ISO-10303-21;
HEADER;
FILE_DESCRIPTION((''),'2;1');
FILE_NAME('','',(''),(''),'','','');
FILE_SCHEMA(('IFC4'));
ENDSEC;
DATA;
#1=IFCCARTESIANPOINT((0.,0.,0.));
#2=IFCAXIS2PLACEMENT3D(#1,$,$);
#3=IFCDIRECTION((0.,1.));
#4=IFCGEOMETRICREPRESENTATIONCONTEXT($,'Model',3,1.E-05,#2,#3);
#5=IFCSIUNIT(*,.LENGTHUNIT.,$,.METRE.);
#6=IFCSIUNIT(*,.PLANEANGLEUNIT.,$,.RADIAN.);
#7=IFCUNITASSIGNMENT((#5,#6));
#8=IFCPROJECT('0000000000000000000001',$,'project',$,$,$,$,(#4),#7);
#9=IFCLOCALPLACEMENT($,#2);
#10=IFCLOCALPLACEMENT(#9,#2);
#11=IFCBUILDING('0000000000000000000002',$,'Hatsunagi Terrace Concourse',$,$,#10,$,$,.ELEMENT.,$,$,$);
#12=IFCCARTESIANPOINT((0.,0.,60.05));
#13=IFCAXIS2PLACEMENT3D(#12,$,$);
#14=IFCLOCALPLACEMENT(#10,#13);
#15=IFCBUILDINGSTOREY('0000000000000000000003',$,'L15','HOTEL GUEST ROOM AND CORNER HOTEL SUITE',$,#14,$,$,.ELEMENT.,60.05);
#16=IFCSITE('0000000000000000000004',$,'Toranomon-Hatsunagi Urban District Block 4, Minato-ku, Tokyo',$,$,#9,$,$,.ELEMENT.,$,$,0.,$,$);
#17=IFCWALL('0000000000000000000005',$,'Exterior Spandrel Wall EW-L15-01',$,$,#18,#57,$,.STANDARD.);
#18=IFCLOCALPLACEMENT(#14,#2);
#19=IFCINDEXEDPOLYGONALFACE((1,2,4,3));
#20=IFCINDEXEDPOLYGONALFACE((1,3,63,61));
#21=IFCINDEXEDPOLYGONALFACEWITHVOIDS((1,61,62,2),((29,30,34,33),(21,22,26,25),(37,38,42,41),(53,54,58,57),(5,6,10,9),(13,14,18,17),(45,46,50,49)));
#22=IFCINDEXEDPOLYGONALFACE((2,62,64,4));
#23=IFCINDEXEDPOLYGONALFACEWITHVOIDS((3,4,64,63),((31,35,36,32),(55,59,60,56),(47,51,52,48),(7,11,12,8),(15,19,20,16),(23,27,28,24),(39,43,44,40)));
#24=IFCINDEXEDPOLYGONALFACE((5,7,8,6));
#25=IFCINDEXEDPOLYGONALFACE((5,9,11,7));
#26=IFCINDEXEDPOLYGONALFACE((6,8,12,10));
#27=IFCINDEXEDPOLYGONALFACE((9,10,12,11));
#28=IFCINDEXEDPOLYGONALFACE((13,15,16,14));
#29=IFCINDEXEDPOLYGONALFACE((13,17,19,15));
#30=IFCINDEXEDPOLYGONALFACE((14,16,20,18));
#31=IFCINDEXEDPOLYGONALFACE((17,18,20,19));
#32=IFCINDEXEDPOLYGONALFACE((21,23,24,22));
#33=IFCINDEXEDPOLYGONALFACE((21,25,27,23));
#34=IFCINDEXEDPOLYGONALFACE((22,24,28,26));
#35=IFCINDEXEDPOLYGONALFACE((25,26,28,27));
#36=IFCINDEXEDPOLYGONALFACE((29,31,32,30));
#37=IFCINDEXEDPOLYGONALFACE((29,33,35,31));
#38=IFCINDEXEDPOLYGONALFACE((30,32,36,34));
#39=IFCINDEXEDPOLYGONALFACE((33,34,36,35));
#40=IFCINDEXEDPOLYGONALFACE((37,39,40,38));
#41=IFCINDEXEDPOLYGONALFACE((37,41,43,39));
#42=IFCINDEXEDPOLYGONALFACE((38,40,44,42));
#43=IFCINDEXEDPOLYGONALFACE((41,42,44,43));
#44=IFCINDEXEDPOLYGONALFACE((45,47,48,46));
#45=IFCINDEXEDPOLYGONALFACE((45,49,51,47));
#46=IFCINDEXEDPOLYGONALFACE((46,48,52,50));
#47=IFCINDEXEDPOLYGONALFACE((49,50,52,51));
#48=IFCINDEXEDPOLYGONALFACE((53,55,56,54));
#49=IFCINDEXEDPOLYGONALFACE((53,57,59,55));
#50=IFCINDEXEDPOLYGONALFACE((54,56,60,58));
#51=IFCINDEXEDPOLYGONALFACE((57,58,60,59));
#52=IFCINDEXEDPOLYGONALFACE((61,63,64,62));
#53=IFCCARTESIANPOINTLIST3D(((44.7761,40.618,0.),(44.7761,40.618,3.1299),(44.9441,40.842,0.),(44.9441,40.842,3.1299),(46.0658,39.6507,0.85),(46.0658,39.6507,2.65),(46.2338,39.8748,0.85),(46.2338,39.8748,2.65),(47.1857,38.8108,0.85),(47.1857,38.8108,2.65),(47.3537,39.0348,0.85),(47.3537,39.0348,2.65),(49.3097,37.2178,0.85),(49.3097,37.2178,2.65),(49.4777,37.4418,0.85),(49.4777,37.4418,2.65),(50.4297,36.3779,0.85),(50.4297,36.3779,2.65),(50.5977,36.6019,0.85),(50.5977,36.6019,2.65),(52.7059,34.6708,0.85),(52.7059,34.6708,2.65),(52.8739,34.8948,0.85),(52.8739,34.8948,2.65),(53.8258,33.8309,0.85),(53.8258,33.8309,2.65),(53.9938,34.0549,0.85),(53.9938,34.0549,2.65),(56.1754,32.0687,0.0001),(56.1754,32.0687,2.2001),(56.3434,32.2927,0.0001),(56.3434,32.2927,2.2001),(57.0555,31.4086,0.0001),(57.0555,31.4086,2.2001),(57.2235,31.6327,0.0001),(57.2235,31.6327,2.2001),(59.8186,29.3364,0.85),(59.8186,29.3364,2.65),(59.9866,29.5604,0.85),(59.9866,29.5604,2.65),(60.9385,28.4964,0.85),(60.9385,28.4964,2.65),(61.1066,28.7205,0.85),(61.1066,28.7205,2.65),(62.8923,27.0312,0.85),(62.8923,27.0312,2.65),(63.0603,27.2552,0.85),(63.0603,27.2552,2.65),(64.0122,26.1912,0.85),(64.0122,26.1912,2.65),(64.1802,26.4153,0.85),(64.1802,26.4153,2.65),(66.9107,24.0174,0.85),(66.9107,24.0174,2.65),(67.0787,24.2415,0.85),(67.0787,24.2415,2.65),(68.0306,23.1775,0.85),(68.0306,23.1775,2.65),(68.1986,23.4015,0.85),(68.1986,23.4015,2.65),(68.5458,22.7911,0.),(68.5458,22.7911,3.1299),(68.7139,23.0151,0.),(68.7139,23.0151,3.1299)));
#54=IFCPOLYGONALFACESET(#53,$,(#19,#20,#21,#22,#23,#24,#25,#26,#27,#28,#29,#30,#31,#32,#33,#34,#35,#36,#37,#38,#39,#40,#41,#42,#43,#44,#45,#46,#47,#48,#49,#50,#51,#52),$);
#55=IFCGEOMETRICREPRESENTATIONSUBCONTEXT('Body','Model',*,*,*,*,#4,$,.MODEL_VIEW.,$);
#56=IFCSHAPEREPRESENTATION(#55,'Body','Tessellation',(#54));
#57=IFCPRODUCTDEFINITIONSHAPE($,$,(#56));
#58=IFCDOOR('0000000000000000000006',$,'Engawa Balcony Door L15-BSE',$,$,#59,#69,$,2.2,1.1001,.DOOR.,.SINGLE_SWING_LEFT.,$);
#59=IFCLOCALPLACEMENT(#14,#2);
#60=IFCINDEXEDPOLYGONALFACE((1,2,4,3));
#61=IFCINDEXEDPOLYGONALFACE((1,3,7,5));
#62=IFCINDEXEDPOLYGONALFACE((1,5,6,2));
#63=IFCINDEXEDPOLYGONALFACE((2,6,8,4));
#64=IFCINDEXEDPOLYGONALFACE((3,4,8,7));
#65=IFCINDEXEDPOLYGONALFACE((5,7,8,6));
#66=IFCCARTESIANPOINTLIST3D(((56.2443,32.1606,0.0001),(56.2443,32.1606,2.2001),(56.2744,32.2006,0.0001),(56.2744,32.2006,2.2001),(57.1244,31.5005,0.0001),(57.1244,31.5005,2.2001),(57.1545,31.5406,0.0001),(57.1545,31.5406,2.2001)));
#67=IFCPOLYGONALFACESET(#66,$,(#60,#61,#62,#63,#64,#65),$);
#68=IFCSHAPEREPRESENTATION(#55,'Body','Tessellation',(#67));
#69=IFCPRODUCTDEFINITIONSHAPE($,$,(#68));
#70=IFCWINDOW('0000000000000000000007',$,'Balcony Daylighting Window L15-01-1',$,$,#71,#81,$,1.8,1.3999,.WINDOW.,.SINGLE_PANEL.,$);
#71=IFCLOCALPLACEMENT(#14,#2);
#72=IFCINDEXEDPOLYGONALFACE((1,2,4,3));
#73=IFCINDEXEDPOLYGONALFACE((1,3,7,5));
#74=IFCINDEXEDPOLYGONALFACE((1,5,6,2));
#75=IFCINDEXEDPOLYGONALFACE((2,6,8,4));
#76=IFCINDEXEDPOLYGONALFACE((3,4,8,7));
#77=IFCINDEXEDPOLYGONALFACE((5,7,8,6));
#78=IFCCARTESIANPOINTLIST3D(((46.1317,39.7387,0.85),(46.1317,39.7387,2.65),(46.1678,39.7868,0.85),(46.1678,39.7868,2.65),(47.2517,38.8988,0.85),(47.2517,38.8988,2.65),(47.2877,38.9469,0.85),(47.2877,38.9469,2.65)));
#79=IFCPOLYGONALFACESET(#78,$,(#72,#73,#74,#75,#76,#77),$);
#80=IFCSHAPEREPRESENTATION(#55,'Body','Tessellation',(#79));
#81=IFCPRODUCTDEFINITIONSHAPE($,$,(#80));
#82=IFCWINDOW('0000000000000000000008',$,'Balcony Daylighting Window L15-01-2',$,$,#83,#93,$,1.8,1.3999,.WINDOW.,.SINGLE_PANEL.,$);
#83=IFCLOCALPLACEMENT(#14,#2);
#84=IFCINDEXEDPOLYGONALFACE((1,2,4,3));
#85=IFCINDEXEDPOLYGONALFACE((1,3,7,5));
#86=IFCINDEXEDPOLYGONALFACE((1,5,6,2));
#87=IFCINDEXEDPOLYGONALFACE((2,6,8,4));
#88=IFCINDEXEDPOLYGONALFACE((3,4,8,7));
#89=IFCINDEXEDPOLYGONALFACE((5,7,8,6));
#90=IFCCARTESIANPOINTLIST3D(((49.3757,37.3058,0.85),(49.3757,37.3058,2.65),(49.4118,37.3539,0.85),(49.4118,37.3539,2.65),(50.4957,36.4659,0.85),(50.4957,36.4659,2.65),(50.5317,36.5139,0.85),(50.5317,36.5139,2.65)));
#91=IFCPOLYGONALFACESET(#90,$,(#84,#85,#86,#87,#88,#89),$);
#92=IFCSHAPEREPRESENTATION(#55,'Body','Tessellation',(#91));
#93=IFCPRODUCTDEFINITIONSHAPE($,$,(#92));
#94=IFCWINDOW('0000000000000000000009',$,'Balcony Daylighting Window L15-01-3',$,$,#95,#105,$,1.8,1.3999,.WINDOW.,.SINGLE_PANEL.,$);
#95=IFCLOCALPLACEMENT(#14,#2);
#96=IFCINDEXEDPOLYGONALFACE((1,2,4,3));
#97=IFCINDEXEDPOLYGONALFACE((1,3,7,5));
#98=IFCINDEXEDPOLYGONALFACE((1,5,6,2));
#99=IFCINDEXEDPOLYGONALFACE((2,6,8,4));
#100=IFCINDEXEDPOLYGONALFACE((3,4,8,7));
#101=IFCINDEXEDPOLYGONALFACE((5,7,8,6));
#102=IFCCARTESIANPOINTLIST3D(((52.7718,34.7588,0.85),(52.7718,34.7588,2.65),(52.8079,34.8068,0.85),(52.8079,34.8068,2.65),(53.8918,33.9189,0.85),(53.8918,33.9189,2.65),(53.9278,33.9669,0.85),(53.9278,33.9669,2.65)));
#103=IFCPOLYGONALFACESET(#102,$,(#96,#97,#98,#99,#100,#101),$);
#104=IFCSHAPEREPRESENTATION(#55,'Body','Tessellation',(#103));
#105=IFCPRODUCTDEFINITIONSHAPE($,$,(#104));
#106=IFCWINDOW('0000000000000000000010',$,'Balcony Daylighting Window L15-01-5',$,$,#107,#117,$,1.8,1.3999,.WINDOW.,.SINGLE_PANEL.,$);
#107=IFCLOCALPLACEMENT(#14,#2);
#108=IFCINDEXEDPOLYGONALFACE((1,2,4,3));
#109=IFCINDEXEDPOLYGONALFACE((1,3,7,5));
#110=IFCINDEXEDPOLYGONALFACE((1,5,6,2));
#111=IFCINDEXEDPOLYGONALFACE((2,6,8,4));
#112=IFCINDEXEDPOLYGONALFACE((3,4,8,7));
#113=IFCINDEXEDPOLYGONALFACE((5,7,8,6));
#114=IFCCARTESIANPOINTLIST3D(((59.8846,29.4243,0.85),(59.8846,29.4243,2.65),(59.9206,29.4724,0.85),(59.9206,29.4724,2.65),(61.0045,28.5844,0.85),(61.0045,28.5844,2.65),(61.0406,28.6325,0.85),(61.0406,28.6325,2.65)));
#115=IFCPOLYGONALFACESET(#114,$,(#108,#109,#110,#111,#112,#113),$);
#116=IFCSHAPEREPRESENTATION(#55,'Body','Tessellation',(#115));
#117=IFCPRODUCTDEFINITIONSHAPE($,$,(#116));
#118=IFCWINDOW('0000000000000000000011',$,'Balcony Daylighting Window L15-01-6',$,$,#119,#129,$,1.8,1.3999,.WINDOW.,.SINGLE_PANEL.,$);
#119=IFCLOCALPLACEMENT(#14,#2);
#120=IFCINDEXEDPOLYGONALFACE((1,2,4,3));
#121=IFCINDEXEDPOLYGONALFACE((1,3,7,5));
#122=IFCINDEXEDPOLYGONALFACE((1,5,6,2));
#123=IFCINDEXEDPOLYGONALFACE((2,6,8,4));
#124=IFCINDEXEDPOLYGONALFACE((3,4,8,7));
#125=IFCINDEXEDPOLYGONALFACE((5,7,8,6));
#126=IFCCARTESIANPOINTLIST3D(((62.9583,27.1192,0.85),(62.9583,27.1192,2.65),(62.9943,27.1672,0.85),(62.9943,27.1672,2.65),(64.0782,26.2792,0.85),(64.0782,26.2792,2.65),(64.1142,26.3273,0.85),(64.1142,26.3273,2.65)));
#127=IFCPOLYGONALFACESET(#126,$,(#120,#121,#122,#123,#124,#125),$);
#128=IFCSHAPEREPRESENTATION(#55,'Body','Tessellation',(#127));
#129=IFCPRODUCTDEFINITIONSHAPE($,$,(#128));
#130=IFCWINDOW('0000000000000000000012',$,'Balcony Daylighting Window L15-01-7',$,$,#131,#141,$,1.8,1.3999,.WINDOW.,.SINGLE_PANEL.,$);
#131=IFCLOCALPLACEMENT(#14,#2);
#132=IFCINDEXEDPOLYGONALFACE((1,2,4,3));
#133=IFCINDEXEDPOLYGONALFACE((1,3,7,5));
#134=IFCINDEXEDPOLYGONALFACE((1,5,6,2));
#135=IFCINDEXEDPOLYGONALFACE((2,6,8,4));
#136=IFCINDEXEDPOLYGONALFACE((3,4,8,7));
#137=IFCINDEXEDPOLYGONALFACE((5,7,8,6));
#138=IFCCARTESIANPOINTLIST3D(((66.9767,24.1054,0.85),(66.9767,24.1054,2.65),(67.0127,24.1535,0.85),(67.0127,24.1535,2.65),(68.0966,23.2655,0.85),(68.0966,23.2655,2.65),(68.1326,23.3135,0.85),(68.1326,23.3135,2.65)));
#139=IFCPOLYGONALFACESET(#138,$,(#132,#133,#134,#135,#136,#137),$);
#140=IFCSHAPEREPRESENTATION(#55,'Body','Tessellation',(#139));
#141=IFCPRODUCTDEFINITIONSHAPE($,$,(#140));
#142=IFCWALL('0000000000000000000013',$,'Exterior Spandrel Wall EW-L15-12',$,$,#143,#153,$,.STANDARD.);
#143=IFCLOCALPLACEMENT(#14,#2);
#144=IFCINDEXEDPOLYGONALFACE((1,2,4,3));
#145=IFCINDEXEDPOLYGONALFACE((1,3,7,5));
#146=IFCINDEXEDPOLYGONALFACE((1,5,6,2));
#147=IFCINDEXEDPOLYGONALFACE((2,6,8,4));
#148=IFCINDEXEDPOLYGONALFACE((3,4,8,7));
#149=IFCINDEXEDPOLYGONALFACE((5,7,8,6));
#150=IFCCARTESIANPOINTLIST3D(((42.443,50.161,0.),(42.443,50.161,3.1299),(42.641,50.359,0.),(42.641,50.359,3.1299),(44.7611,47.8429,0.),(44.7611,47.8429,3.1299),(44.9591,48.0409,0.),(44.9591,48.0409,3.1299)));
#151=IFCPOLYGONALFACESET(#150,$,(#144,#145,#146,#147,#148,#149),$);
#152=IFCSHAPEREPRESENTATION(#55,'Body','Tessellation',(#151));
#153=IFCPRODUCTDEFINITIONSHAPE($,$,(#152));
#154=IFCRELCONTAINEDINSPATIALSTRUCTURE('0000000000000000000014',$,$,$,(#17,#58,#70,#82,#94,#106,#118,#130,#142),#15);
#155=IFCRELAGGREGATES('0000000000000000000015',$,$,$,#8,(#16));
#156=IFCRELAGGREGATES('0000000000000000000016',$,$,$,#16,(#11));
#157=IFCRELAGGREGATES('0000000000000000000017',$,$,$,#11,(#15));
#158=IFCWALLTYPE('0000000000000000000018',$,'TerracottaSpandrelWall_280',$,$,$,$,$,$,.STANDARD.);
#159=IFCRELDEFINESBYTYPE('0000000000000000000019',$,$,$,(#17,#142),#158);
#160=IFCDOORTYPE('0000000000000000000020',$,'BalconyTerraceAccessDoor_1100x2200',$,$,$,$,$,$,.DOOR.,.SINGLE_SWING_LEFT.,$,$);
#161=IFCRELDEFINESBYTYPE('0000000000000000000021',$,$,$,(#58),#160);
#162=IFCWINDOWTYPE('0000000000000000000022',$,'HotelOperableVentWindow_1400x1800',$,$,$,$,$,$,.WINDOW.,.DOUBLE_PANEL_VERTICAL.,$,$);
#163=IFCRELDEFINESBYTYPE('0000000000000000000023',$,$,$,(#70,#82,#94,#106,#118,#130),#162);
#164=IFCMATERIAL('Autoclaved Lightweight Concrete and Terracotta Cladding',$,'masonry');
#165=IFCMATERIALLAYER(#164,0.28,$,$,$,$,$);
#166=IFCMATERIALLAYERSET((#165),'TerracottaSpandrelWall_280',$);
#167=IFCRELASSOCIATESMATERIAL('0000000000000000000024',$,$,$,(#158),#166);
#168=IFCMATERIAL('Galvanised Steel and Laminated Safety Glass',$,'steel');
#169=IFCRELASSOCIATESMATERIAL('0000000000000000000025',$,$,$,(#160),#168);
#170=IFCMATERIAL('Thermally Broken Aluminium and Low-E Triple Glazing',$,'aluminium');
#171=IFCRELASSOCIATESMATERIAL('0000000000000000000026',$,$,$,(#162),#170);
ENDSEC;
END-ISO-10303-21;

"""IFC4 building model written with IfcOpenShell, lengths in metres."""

from ifc_helpers import new_model, si_unit, direction, frame, frame_2d, origin, place, context, subcontext, project, spatial, rectangle, extrude, material, layer, layer_set, type_object, element, fill, save


model = new_model("IFC4")

# Units and contexts
model_context = context("Model", 3, precision=1e-05, world=origin(), true_north=direction((0.0, 1.0)))
body_context = subcontext(model_context, "Body", "Model", "MODEL_VIEW")
ifc_project = project(units=[si_unit("LENGTHUNIT", "METRE"), si_unit("PLANEANGLEUNIT", "RADIAN")], contexts=[model_context])

# Site, building, storey
site_placement = place(None, origin())
site = spatial("IfcSite", under=ifc_project, at=site_placement, Name="Toranomon-Hatsunagi Urban District Block 4, Minato-ku, Tokyo", CompositionType="ELEMENT", RefElevation=0.0)
building_placement = place(site_placement, origin())
building = spatial("IfcBuilding", under=site, at=building_placement, Name="Hatsunagi Terrace Concourse", CompositionType="ELEMENT")
storey_placement = place(building_placement, frame((0.0, 0.0, 60.05)))
storey = spatial("IfcBuildingStorey", under=building, at=storey_placement, Name="L15", Description="HOTEL GUEST ROOM AND CORNER HOTEL SUITE", CompositionType="ELEMENT", Elevation=60.05)

# Wall, openings, door, windows
ifc_material_1 = material(Name="Autoclaved Lightweight Concrete and Terracotta Cladding", Category="masonry")
ifc_layer_1 = layer(ifc_material_1, 0.28)
ifc_layer_set_1 = layer_set([ifc_layer_1], Name="TerracottaSpandrelWall_280")
wall_type_1 = type_object("IfcWallType", Name="TerracottaSpandrelWall_280", PredefinedType="STANDARD", material=ifc_layer_set_1)
wall_1_placement = place(storey_placement, frame((44.8601, 40.73, 0.0), z_axis=(0.0, 0.0, 1.0), x_axis=(0.800007, -0.599991, 0.0)))
wall_1 = element("IfcWall", 1, at=wall_1_placement, inside=storey, type_object=wall_type_1, Name="Exterior Spandrel Wall EW-L15-01", PredefinedType="STANDARD", context=body_context, shape_type="SweptSolid", body=[
    extrude(rectangle(XDim=29.7119, YDim=0.28, at=frame_2d((14.856, 0.0))), origin(), (0.0, 0.0, 1.0), 3.1299),
])
opening_1_placement = place(wall_1_placement, frame((14.249, 0.0, 0.0)))
opening_1 = element("IfcOpeningElement", 2, at=opening_1_placement, cuts=wall_1, PredefinedType="OPENING", context=body_context, shape_type="SweptSolid", body=[
    extrude(rectangle(XDim=1.1001, YDim=2.2, at=frame_2d((0.55, 1.1001))), frame((0.0, 0.1499, 0.0), z_axis=(0.0, -1.0, 0.0), x_axis=(1.0, 0.0, 0.0)), (0.0, 0.0, 1.0), 0.3),
])
opening_2_placement = place(wall_1_placement, frame((1.6121, 0.0, 0.8501)))
opening_2 = element("IfcOpeningElement", 3, at=opening_2_placement, cuts=wall_1, PredefinedType="OPENING", context=body_context, shape_type="SweptSolid", body=[
    extrude(rectangle(XDim=1.3999, YDim=1.8, at=frame_2d((0.7, 0.8999))), frame((0.0, 0.1499, 0.0), z_axis=(0.0, -1.0, 0.0), x_axis=(1.0, 0.0, 0.0)), (0.0, 0.0, 1.0), 0.3),
])
opening_3_placement = place(wall_1_placement, frame((5.667, 0.0, 0.8501)))
opening_3 = element("IfcOpeningElement", 4, at=opening_3_placement, cuts=wall_1, PredefinedType="OPENING", context=body_context, shape_type="SweptSolid", body=[
    extrude(rectangle(XDim=1.3999, YDim=1.8, at=frame_2d((0.7, 0.8999))), frame((0.0, 0.1499, 0.0), z_axis=(0.0, -1.0, 0.0), x_axis=(1.0, 0.0, 0.0)), (0.0, 0.0, 1.0), 0.3),
])
opening_4_placement = place(wall_1_placement, frame((9.9121, 0.0, 0.8501)))
opening_4 = element("IfcOpeningElement", 5, at=opening_4_placement, cuts=wall_1, PredefinedType="OPENING", context=body_context, shape_type="SweptSolid", body=[
    extrude(rectangle(XDim=1.3999, YDim=1.8, at=frame_2d((0.7, 0.8999))), frame((0.0, 0.1499, 0.0), z_axis=(0.0, -1.0, 0.0), x_axis=(1.0, 0.0, 0.0)), (0.0, 0.0, 1.0), 0.3),
])
opening_5_placement = place(wall_1_placement, frame((18.803, 0.0, 0.8501)))
opening_5 = element("IfcOpeningElement", 6, at=opening_5_placement, cuts=wall_1, PredefinedType="OPENING", context=body_context, shape_type="SweptSolid", body=[
    extrude(rectangle(XDim=1.3999, YDim=1.8, at=frame_2d((0.7, 0.8999))), frame((0.0, 0.1499, 0.0), z_axis=(0.0, -1.0, 0.0), x_axis=(1.0, 0.0, 0.0)), (0.0, 0.0, 1.0), 0.3),
])
opening_6_placement = place(wall_1_placement, frame((22.645, 0.0, 0.8501)))
opening_6 = element("IfcOpeningElement", 7, at=opening_6_placement, cuts=wall_1, PredefinedType="OPENING", context=body_context, shape_type="SweptSolid", body=[
    extrude(rectangle(XDim=1.3999, YDim=1.8, at=frame_2d((0.7, 0.8999))), frame((0.0, 0.1499, 0.0), z_axis=(0.0, -1.0, 0.0), x_axis=(1.0, 0.0, 0.0)), (0.0, 0.0, 1.0), 0.3),
])
opening_7_placement = place(wall_1_placement, frame((27.668, 0.0, 0.8501)))
opening_7 = element("IfcOpeningElement", 8, at=opening_7_placement, cuts=wall_1, PredefinedType="OPENING", context=body_context, shape_type="SweptSolid", body=[
    extrude(rectangle(XDim=1.3999, YDim=1.8, at=frame_2d((0.7, 0.8999))), frame((0.0, 0.1499, 0.0), z_axis=(0.0, -1.0, 0.0), x_axis=(1.0, 0.0, 0.0)), (0.0, 0.0, 1.0), 0.3),
])
ifc_material_2 = material(Name="Galvanised Steel and Laminated Safety Glass", Category="steel")
door_type = type_object("IfcDoorType", Name="BalconyTerraceAccessDoor_1100x2200", OperationType="SINGLE_SWING_LEFT", PredefinedType="DOOR", material=ifc_material_2)
door_placement = place(opening_1_placement, origin())
door = element("IfcDoor", 9, at=door_placement, inside=storey, type_object=door_type, Name="Engawa Balcony Door L15-BSE", OperationType="SINGLE_SWING_LEFT", OverallHeight=2.2, OverallWidth=1.1001, PredefinedType="DOOR", context=body_context, shape_type="SweptSolid", body=[
    extrude(rectangle(XDim=1.1001, YDim=2.2, at=frame_2d((0.55, 1.1001))), frame((0.0, 0.0249, 0.0), z_axis=(0.0, -1.0, 0.0), x_axis=(1.0, 0.0, 0.0)), (0.0, 0.0, 1.0), 0.05),
])
fill(opening_1, door)
ifc_material_3 = material(Name="Thermally Broken Aluminium and Low-E Triple Glazing", Category="aluminium")
window_type = type_object("IfcWindowType", Name="HotelOperableVentWindow_1400x1800", PartitioningType="DOUBLE_PANEL_VERTICAL", PredefinedType="WINDOW", material=ifc_material_3)
window_1_placement = place(opening_2_placement, origin())
window_1 = element("IfcWindow", 10, at=window_1_placement, inside=storey, type_object=window_type, Name="Balcony Daylighting Window L15-01-1", OverallHeight=1.8, OverallWidth=1.3999, PartitioningType="SINGLE_PANEL", PredefinedType="WINDOW", context=body_context, shape_type="SweptSolid", body=[
    extrude(rectangle(XDim=1.3999, YDim=1.8, at=frame_2d((0.7, 0.8999))), frame((0.0, 0.03, 0.0), z_axis=(0.0, -1.0, 0.0), x_axis=(1.0, 0.0, 0.0)), (0.0, 0.0, 1.0), 0.0601),
])
fill(opening_2, window_1)
window_2_placement = place(opening_3_placement, origin())
window_2 = element("IfcWindow", 11, at=window_2_placement, inside=storey, type_object=window_type, Name="Balcony Daylighting Window L15-01-2", OverallHeight=1.8, OverallWidth=1.3999, PartitioningType="SINGLE_PANEL", PredefinedType="WINDOW", context=body_context, shape_type="SweptSolid", body=[
    extrude(rectangle(XDim=1.3999, YDim=1.8, at=frame_2d((0.7, 0.8999))), frame((0.0, 0.03, 0.0), z_axis=(0.0, -1.0, 0.0), x_axis=(1.0, 0.0, 0.0)), (0.0, 0.0, 1.0), 0.0601),
])
fill(opening_3, window_2)
window_3_placement = place(opening_4_placement, origin())
window_3 = element("IfcWindow", 12, at=window_3_placement, inside=storey, type_object=window_type, Name="Balcony Daylighting Window L15-01-3", OverallHeight=1.8, OverallWidth=1.3999, PartitioningType="SINGLE_PANEL", PredefinedType="WINDOW", context=body_context, shape_type="SweptSolid", body=[
    extrude(rectangle(XDim=1.3999, YDim=1.8, at=frame_2d((0.7, 0.8999))), frame((0.0, 0.03, 0.0), z_axis=(0.0, -1.0, 0.0), x_axis=(1.0, 0.0, 0.0)), (0.0, 0.0, 1.0), 0.0601),
])
fill(opening_4, window_3)
window_4_placement = place(opening_5_placement, origin())
window_4 = element("IfcWindow", 13, at=window_4_placement, inside=storey, type_object=window_type, Name="Balcony Daylighting Window L15-01-5", OverallHeight=1.8, OverallWidth=1.3999, PartitioningType="SINGLE_PANEL", PredefinedType="WINDOW", context=body_context, shape_type="SweptSolid", body=[
    extrude(rectangle(XDim=1.3999, YDim=1.8, at=frame_2d((0.7, 0.8999))), frame((0.0, 0.03, 0.0), z_axis=(0.0, -1.0, 0.0), x_axis=(1.0, 0.0, 0.0)), (0.0, 0.0, 1.0), 0.0601),
])
fill(opening_5, window_4)
window_5_placement = place(opening_6_placement, origin())
window_5 = element("IfcWindow", 14, at=window_5_placement, inside=storey, type_object=window_type, Name="Balcony Daylighting Window L15-01-6", OverallHeight=1.8, OverallWidth=1.3999, PartitioningType="SINGLE_PANEL", PredefinedType="WINDOW", context=body_context, shape_type="SweptSolid", body=[
    extrude(rectangle(XDim=1.3999, YDim=1.8, at=frame_2d((0.7, 0.8999))), frame((0.0, 0.03, 0.0), z_axis=(0.0, -1.0, 0.0), x_axis=(1.0, 0.0, 0.0)), (0.0, 0.0, 1.0), 0.0601),
])
fill(opening_6, window_5)
window_6_placement = place(opening_7_placement, origin())
window_6 = element("IfcWindow", 15, at=window_6_placement, inside=storey, type_object=window_type, Name="Balcony Daylighting Window L15-01-7", OverallHeight=1.8, OverallWidth=1.3999, PartitioningType="SINGLE_PANEL", PredefinedType="WINDOW", context=body_context, shape_type="SweptSolid", body=[
    extrude(rectangle(XDim=1.3999, YDim=1.8, at=frame_2d((0.7, 0.8999))), frame((0.0, 0.03, 0.0), z_axis=(0.0, -1.0, 0.0), x_axis=(1.0, 0.0, 0.0)), (0.0, 0.0, 1.0), 0.0601),
])
fill(opening_7, window_6)

# Wall
wall_2_placement = place(storey_placement, frame((42.542, 50.26, 0.0), z_axis=(0.0, 0.0, 1.0), x_axis=(0.707107, -0.707107, 0.0)))
element("IfcWall", 16, at=wall_2_placement, inside=storey, type_object=wall_type_1, Name="Exterior Spandrel Wall EW-L15-12", PredefinedType="STANDARD", context=body_context, shape_type="SweptSolid", body=[
    extrude(rectangle(XDim=3.2783, YDim=0.28, at=frame_2d((1.6392, 0.0))), origin(), (0.0, 0.0, 1.0), 3.1299),
])

save(model, "model.ifc")
